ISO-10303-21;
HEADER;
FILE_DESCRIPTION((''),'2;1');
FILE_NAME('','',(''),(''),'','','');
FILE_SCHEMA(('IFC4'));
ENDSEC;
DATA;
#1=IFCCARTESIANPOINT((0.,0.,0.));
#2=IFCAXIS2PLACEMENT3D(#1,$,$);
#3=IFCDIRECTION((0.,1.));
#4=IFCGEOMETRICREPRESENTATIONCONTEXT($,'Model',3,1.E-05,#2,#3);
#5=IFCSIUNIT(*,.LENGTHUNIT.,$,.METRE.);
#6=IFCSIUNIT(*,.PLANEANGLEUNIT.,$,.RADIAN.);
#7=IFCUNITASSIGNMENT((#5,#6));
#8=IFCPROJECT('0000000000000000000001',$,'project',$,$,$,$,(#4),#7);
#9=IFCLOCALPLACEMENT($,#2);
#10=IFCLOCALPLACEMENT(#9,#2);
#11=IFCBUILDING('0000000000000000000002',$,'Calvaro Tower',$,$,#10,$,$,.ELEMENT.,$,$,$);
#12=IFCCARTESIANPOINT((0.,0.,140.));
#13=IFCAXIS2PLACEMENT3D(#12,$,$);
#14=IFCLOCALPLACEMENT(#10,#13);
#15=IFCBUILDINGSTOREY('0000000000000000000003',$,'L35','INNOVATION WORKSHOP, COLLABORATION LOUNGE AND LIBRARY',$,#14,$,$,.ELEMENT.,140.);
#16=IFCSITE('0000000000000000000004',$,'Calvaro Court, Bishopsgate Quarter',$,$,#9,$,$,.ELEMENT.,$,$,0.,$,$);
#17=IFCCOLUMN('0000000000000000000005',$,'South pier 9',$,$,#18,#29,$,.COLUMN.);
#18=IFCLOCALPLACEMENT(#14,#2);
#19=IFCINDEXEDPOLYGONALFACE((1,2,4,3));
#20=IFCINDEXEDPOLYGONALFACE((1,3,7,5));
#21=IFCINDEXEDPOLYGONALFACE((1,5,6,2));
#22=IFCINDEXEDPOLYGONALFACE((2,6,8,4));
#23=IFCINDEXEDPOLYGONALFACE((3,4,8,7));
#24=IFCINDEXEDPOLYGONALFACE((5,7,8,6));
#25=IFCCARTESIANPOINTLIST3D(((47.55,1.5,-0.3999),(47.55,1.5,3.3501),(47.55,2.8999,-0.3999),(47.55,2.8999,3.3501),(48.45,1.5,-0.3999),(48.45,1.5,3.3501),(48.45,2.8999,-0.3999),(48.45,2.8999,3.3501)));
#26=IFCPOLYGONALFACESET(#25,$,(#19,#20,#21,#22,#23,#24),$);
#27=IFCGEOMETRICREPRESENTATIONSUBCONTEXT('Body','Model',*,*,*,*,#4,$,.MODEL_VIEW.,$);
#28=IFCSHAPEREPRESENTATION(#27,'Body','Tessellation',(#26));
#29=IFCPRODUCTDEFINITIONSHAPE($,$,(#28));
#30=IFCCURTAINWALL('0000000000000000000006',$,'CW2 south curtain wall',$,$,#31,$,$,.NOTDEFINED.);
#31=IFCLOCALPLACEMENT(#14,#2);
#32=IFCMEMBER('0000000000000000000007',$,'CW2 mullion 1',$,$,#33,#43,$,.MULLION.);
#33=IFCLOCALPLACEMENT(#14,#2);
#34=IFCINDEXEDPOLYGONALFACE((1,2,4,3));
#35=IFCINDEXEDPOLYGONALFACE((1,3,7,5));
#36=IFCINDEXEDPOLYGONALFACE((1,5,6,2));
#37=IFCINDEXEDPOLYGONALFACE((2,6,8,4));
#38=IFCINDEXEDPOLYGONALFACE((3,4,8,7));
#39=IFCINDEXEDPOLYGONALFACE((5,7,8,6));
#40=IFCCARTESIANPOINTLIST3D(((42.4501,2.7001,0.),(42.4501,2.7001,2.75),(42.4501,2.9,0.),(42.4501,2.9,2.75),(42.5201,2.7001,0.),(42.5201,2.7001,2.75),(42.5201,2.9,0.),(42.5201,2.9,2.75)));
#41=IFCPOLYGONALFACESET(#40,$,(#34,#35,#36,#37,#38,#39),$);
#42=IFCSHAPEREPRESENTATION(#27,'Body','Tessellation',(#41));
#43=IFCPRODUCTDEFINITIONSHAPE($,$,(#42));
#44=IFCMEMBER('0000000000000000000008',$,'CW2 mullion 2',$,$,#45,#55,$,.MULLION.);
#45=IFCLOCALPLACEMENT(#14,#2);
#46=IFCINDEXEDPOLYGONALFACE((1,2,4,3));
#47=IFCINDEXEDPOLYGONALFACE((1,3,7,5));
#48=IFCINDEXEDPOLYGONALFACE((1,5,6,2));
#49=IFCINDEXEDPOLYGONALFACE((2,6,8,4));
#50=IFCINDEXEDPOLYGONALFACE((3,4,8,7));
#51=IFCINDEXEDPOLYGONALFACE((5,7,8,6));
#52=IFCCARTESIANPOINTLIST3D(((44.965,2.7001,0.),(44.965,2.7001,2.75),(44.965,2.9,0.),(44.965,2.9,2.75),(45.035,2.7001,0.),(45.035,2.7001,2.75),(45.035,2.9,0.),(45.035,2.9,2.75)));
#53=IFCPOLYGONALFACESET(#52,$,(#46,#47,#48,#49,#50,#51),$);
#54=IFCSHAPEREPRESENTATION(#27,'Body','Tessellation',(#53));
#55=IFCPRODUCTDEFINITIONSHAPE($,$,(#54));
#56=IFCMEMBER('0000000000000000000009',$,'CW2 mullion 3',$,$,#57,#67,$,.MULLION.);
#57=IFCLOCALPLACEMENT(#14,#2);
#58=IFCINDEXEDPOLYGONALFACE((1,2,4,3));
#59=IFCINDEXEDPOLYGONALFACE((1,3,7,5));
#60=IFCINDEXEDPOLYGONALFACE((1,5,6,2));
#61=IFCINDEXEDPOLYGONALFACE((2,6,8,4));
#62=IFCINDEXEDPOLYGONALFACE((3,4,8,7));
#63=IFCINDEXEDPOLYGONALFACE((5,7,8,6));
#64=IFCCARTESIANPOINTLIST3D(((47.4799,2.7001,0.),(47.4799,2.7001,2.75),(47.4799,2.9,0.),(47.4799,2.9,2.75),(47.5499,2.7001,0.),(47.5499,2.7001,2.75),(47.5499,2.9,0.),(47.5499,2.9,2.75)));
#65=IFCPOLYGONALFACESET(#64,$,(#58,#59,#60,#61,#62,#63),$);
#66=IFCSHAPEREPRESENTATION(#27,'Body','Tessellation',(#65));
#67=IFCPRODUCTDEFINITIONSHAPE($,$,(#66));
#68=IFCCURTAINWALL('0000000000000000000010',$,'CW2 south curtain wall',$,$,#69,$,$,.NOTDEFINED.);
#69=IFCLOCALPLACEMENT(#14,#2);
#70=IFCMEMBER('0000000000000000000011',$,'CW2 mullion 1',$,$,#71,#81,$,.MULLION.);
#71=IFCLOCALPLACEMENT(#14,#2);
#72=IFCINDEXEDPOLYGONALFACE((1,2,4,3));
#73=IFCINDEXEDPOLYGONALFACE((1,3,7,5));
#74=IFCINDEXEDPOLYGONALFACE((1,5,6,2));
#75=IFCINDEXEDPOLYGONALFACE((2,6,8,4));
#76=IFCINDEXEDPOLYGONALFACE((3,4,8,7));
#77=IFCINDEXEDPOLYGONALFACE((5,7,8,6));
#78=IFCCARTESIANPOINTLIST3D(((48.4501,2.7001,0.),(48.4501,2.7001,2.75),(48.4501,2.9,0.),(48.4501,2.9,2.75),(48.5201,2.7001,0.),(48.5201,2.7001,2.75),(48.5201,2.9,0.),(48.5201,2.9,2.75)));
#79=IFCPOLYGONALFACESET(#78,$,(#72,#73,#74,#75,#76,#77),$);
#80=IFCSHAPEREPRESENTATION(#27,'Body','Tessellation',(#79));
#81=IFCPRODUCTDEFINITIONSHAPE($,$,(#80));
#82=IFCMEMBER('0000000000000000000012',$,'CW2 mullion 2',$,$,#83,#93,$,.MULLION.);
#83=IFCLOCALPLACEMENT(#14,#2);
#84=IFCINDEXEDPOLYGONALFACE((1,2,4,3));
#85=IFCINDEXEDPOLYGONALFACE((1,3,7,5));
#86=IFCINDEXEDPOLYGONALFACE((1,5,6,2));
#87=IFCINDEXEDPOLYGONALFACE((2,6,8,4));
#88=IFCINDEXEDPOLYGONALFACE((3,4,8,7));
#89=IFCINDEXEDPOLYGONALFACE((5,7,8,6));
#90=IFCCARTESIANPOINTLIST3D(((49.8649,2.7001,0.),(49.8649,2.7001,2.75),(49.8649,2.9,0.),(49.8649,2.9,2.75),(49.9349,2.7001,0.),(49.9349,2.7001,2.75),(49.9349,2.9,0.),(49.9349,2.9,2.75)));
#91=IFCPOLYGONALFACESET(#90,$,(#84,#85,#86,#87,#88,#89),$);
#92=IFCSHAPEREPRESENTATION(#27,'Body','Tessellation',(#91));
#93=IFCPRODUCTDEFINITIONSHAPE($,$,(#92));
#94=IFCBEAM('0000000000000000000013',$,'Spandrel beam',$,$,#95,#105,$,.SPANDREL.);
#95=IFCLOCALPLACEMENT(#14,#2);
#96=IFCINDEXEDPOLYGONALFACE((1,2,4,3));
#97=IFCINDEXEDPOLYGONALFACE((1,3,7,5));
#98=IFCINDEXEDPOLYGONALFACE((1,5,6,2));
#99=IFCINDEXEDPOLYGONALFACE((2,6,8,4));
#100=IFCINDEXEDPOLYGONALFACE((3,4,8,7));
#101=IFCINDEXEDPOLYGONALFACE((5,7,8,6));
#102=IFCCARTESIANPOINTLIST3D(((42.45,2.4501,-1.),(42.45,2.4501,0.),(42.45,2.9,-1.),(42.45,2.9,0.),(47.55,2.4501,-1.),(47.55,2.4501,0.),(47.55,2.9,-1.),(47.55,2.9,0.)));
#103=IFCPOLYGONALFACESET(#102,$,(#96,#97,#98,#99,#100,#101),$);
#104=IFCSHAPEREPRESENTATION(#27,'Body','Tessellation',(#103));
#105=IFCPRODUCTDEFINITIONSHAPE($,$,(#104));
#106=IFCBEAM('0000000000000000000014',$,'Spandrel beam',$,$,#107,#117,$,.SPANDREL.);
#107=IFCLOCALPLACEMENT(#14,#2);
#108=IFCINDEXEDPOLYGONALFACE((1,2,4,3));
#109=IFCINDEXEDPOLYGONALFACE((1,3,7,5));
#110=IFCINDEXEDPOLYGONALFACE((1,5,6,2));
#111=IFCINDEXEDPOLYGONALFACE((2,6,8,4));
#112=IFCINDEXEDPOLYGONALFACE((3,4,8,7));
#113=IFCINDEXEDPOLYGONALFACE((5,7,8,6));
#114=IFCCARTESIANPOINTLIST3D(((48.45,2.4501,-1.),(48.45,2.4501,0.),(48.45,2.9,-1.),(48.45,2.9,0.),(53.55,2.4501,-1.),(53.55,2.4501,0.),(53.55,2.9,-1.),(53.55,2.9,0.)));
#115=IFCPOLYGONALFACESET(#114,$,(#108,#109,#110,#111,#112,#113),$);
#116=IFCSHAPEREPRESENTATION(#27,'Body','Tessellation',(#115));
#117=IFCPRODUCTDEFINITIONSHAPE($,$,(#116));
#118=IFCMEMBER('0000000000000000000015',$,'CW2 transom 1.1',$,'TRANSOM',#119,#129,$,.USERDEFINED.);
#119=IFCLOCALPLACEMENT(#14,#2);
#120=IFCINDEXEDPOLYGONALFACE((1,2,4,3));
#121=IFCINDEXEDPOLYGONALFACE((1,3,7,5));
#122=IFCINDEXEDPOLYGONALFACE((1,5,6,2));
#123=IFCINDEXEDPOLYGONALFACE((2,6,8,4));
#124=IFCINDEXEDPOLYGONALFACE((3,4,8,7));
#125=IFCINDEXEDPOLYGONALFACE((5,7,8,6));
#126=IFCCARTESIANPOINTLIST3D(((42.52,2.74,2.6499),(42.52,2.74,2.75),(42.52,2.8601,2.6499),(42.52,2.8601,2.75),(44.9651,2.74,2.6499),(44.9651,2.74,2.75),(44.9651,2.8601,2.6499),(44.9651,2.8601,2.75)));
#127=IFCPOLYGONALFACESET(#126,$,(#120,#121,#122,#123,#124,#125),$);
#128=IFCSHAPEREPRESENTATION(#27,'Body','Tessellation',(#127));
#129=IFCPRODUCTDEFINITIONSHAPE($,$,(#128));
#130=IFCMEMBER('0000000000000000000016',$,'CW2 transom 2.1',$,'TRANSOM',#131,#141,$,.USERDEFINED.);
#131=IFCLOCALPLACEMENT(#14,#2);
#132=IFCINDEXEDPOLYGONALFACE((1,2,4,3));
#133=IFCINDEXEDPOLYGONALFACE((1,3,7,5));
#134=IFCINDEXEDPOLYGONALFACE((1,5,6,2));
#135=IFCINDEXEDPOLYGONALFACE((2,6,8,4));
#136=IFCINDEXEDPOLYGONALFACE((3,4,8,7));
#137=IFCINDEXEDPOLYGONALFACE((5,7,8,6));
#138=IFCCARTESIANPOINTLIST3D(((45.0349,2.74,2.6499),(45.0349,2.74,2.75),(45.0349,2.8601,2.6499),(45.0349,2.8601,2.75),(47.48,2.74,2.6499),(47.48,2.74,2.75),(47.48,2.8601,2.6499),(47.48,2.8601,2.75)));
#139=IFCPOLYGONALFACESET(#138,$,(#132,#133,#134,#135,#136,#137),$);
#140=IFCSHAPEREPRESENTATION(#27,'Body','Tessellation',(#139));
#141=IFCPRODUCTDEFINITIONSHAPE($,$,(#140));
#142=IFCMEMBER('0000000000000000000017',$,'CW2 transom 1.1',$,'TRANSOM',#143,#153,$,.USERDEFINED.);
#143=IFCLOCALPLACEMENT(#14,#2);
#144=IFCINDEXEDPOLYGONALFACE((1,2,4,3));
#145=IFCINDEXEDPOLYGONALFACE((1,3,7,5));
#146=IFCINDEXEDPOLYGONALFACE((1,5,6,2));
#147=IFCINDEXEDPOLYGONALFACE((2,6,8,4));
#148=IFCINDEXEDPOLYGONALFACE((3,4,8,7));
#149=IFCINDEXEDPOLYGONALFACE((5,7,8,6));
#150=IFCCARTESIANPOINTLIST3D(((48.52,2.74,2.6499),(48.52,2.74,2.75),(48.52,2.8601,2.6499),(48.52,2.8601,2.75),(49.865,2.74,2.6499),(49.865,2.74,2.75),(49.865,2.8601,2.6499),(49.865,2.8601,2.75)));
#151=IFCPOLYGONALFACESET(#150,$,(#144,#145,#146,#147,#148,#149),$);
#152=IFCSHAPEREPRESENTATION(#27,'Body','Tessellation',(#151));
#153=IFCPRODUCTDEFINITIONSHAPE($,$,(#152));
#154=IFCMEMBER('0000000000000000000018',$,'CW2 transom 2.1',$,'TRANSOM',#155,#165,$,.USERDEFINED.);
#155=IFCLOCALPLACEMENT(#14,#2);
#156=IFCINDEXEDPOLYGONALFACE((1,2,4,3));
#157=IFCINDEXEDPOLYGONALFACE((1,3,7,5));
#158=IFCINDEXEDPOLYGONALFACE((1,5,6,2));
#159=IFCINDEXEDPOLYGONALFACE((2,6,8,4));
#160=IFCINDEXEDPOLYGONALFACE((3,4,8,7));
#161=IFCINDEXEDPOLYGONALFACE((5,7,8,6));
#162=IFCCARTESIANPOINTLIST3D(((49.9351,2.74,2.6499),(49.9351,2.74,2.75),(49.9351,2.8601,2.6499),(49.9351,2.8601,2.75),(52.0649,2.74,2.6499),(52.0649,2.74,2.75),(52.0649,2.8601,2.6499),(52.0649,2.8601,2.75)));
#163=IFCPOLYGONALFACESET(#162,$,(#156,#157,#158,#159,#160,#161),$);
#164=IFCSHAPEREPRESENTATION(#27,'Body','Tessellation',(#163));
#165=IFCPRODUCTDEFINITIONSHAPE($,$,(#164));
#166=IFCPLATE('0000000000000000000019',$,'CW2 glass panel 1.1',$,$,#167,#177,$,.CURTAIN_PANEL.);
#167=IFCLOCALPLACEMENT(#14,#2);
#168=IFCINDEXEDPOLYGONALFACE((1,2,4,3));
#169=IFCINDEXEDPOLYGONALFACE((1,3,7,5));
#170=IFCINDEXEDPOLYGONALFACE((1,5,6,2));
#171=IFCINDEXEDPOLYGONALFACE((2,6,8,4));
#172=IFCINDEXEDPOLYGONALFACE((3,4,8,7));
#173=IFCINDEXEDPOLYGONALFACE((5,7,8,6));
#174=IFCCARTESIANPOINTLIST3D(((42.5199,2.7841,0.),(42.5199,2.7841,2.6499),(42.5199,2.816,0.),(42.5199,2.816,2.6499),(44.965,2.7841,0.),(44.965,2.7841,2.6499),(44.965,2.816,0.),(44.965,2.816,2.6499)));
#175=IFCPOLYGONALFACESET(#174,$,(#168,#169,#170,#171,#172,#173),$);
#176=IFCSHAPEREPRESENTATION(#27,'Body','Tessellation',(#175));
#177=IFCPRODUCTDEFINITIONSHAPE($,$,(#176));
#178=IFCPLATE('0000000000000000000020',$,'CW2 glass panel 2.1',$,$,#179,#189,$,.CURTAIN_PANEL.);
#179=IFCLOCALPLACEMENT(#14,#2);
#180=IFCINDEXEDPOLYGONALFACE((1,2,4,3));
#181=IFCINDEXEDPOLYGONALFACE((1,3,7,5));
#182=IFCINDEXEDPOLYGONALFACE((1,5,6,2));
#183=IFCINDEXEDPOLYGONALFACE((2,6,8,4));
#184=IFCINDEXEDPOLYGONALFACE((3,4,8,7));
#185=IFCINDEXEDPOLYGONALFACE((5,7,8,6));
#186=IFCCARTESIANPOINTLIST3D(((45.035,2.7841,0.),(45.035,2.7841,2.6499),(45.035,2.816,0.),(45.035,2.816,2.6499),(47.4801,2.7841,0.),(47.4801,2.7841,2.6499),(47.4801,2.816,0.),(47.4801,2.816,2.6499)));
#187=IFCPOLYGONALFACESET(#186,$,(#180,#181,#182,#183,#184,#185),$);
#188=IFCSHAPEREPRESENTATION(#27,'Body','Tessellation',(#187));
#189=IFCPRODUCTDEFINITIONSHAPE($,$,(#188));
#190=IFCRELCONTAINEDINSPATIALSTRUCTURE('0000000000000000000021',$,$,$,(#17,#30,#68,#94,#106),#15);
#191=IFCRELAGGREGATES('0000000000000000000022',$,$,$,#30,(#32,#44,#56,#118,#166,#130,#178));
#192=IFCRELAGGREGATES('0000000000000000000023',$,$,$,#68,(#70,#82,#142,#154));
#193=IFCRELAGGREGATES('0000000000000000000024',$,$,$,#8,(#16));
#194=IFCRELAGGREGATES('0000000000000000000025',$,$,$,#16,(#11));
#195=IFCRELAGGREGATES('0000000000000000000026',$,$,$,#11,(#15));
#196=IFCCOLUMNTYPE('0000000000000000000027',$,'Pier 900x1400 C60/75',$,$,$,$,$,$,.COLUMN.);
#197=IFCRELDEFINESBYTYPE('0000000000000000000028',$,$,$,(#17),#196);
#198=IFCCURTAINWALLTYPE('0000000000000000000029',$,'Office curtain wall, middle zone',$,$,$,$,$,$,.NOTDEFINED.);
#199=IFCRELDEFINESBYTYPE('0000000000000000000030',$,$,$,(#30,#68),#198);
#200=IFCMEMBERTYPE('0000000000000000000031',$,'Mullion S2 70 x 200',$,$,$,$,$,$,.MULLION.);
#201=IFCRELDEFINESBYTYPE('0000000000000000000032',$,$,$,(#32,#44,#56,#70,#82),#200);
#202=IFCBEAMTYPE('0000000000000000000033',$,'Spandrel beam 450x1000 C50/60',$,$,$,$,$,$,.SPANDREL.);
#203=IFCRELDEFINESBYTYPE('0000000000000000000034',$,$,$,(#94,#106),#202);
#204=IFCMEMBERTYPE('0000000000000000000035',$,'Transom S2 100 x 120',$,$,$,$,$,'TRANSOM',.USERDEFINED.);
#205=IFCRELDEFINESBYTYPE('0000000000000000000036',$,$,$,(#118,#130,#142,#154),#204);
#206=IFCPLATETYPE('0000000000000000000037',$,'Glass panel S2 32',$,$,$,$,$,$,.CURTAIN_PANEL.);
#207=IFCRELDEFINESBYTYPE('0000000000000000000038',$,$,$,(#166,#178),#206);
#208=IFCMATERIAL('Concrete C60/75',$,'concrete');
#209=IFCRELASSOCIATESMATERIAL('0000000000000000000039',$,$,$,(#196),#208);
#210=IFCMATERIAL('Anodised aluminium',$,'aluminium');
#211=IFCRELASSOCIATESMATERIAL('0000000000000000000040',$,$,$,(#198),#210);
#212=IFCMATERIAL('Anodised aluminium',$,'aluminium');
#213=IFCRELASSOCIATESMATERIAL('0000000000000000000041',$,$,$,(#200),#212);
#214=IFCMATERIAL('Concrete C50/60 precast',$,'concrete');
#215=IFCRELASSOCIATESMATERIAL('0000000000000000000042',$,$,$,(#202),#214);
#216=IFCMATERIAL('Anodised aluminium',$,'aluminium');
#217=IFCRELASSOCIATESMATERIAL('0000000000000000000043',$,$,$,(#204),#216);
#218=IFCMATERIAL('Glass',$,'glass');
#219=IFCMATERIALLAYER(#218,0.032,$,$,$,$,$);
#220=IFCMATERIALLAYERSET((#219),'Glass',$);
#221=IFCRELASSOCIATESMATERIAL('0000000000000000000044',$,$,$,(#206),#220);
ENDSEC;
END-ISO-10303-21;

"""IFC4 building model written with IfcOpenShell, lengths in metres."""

from ifc_helpers import new_model, si_unit, direction, frame, origin, origin_2d, place, context, subcontext, project, spatial, rectangle, extrude, material, layer, layer_set, material_profile, profile_set, type_object, element, aggregate, save


model = new_model("IFC4")

# Units and contexts
model_context = context("Model", 3, precision=1e-05, world=origin(), true_north=direction((0.0, 1.0)))
body_context = subcontext(model_context, "Body", "Model", "MODEL_VIEW")
ifc_project = project(units=[si_unit("LENGTHUNIT", "METRE"), si_unit("PLANEANGLEUNIT", "RADIAN")], contexts=[model_context])

# Site, building, storey
site_placement = place(None, origin())
site = spatial("IfcSite", under=ifc_project, at=site_placement, Name="Calvaro Court, Bishopsgate Quarter", CompositionType="ELEMENT", RefElevation=0.0)
building_placement = place(site_placement, origin())
building = spatial("IfcBuilding", under=site, at=building_placement, Name="Calvaro Tower", CompositionType="ELEMENT")
storey_placement = place(building_placement, frame((0.0, 0.0, 140.0)))
storey = spatial("IfcBuildingStorey", under=building, at=storey_placement, Name="L35", Description="INNOVATION WORKSHOP, COLLABORATION LOUNGE AND LIBRARY", CompositionType="ELEMENT", Elevation=140.0)

# Column
ifc_material_1 = material(Name="Concrete C60/75", Category="concrete")
ifc_material_profile_1 = material_profile(ifc_material_1, rectangle(XDim=0.8999, YDim=1.3999, at=origin_2d()), Name="RC 900x1400")
ifc_profile_set_1 = profile_set([ifc_material_profile_1], Name="Concrete C60/75")
column_type = type_object("IfcColumnType", Name="Pier 900x1400 C60/75", PredefinedType="COLUMN", material=ifc_profile_set_1)
column_placement = place(storey_placement, frame((48.0, 2.2, -0.3999), z_axis=(0.0, 0.0, 1.0), x_axis=(1.0, 0.0, 0.0)))
element("IfcColumn", 1, at=column_placement, inside=storey, type_object=column_type, Name="South pier 9", PredefinedType="COLUMN", context=body_context, shape_type="SweptSolid", body=[
    extrude(rectangle(XDim=0.8999, YDim=1.3999, at=origin_2d()), origin(), (0.0, 0.0, 1.0), 3.75),
])

# Curtain walls, members
ifc_material_2 = material(Name="Anodised aluminium", Category="aluminium")
curtain_wall_type = type_object("IfcCurtainWallType", Name="Office curtain wall, middle zone", PredefinedType="NOTDEFINED", material=ifc_material_2)
curtain_wall_1_placement = place(storey_placement, origin())
curtain_wall_1 = element("IfcCurtainWall", 2, at=curtain_wall_1_placement, inside=storey, type_object=curtain_wall_type, Name="CW2 south curtain wall", PredefinedType="NOTDEFINED")
ifc_material_3 = material(Name="Anodised aluminium", Category="aluminium")
ifc_material_profile_2 = material_profile(ifc_material_3, rectangle(XDim=0.2, YDim=0.0701, at=origin_2d()), Name="Mullion S2 70 x 200")
ifc_profile_set_2 = profile_set([ifc_material_profile_2], Name="Anodised aluminium")
member_type_1 = type_object("IfcMemberType", Name="Mullion S2 70 x 200", PredefinedType="MULLION", material=ifc_profile_set_2)
member_1_placement = place(storey_placement, frame((42.4851, 2.8, 0.0), z_axis=(0.0, 0.0, 1.0), x_axis=(0.0, 1.0, 0.0)))
member_1 = element("IfcMember", 3, at=member_1_placement, type_object=member_type_1, Name="CW2 mullion 1", PredefinedType="MULLION", context=body_context, shape_type="SweptSolid", body=[
    extrude(rectangle(XDim=0.2, YDim=0.0701, at=origin_2d()), origin(), (0.0, 0.0, 1.0), 2.75),
])
member_2_placement = place(storey_placement, frame((45.0, 2.8, 0.0), z_axis=(0.0, 0.0, 1.0), x_axis=(0.0, 1.0, 0.0)))
member_2 = element("IfcMember", 4, at=member_2_placement, type_object=member_type_1, Name="CW2 mullion 2", PredefinedType="MULLION", context=body_context, shape_type="SweptSolid", body=[
    extrude(rectangle(XDim=0.2, YDim=0.0701, at=origin_2d()), origin(), (0.0, 0.0, 1.0), 2.75),
])
member_3_placement = place(storey_placement, frame((47.5149, 2.8, 0.0), z_axis=(0.0, 0.0, 1.0), x_axis=(0.0, 1.0, 0.0)))
member_3 = element("IfcMember", 5, at=member_3_placement, type_object=member_type_1, Name="CW2 mullion 3", PredefinedType="MULLION", context=body_context, shape_type="SweptSolid", body=[
    extrude(rectangle(XDim=0.2, YDim=0.0701, at=origin_2d()), origin(), (0.0, 0.0, 1.0), 2.75),
])
curtain_wall_2_placement = place(storey_placement, origin())
curtain_wall_2 = element("IfcCurtainWall", 6, at=curtain_wall_2_placement, inside=storey, type_object=curtain_wall_type, Name="CW2 south curtain wall", PredefinedType="NOTDEFINED")
member_4_placement = place(storey_placement, frame((48.4851, 2.8, 0.0), z_axis=(0.0, 0.0, 1.0), x_axis=(0.0, 1.0, 0.0)))
member_4 = element("IfcMember", 7, at=member_4_placement, type_object=member_type_1, Name="CW2 mullion 1", PredefinedType="MULLION", context=body_context, shape_type="SweptSolid", body=[
    extrude(rectangle(XDim=0.2, YDim=0.0701, at=origin_2d()), origin(), (0.0, 0.0, 1.0), 2.75),
])
member_5_placement = place(storey_placement, frame((49.8999, 2.8, 0.0), z_axis=(0.0, 0.0, 1.0), x_axis=(0.0, 1.0, 0.0)))
member_5 = element("IfcMember", 8, at=member_5_placement, type_object=member_type_1, Name="CW2 mullion 2", PredefinedType="MULLION", context=body_context, shape_type="SweptSolid", body=[
    extrude(rectangle(XDim=0.2, YDim=0.0701, at=origin_2d()), origin(), (0.0, 0.0, 1.0), 2.75),
])

# Beams
ifc_material_4 = material(Name="Concrete C50/60 precast", Category="concrete")
ifc_material_profile_3 = material_profile(ifc_material_4, rectangle(XDim=0.45, YDim=1.0, at=origin_2d()), Name="RC 450x1000")
ifc_profile_set_3 = profile_set([ifc_material_profile_3], Name="Concrete C50/60 precast")
beam_type = type_object("IfcBeamType", Name="Spandrel beam 450x1000 C50/60", PredefinedType="SPANDREL", material=ifc_profile_set_3)
for number, where, z_axis, x_axis, name in (
    (9, (42.45, 2.675, -0.5), (1.0, 0.0, 0.0), (0.0, 1.0, 0.0), "Spandrel beam"),
    (10, (48.45, 2.675, -0.5), (1.0, 0.0, 0.0), (0.0, 1.0, 0.0), "Spandrel beam"),
):
    element("IfcBeam", number, at=place(storey_placement, frame(where, z_axis=z_axis, x_axis=x_axis)), inside=storey, type_object=beam_type, Name=name, PredefinedType="SPANDREL", context=body_context, shape_type="SweptSolid", body=[
        extrude(rectangle(XDim=0.45, YDim=1.0, at=origin_2d()), origin(), (0.0, 0.0, 1.0), 5.1001),
    ])

# Members
ifc_material_5 = material(Name="Anodised aluminium", Category="aluminium")
ifc_material_profile_4 = material_profile(ifc_material_5, rectangle(XDim=0.1201, YDim=0.1001, at=origin_2d()), Name="Transom S2 100 x 120")
ifc_profile_set_4 = profile_set([ifc_material_profile_4], Name="Anodised aluminium")
member_type_2 = type_object("IfcMemberType", Name="Transom S2 100 x 120", ElementType="TRANSOM", PredefinedType="USERDEFINED", material=ifc_profile_set_4)
member_6_placement = place(storey_placement, frame((42.52, 2.8, 2.7), z_axis=(1.0, 0.0, 0.0), x_axis=(0.0, 1.0, 0.0)))
member_6 = element("IfcMember", 11, at=member_6_placement, type_object=member_type_2, Name="CW2 transom 1.1", ObjectType="TRANSOM", PredefinedType="USERDEFINED", context=body_context, shape_type="SweptSolid", body=[
    extrude(rectangle(XDim=0.1201, YDim=0.1001, at=origin_2d()), origin(), (0.0, 0.0, 1.0), 2.4451),
])
member_7_placement = place(storey_placement, frame((45.0349, 2.8, 2.7), z_axis=(1.0, 0.0, 0.0), x_axis=(0.0, 1.0, 0.0)))
member_7 = element("IfcMember", 12, at=member_7_placement, type_object=member_type_2, Name="CW2 transom 2.1", ObjectType="TRANSOM", PredefinedType="USERDEFINED", context=body_context, shape_type="SweptSolid", body=[
    extrude(rectangle(XDim=0.1201, YDim=0.1001, at=origin_2d()), origin(), (0.0, 0.0, 1.0), 2.4451),
])
member_8_placement = place(storey_placement, frame((48.52, 2.8, 2.7), z_axis=(1.0, 0.0, 0.0), x_axis=(0.0, 1.0, 0.0)))
member_8 = element("IfcMember", 13, at=member_8_placement, type_object=member_type_2, Name="CW2 transom 1.1", ObjectType="TRANSOM", PredefinedType="USERDEFINED", context=body_context, shape_type="SweptSolid", body=[
    extrude(rectangle(XDim=0.1201, YDim=0.1001, at=origin_2d()), origin(), (0.0, 0.0, 1.0), 1.345),
])
member_9_placement = place(storey_placement, frame((49.9351, 2.8, 2.7), z_axis=(1.0, 0.0, 0.0), x_axis=(0.0, 1.0, 0.0)))
member_9 = element("IfcMember", 14, at=member_9_placement, type_object=member_type_2, Name="CW2 transom 2.1", ObjectType="TRANSOM", PredefinedType="USERDEFINED", context=body_context, shape_type="SweptSolid", body=[
    extrude(rectangle(XDim=0.1201, YDim=0.1001, at=origin_2d()), origin(), (0.0, 0.0, 1.0), 2.1299),
])

# Plates
ifc_material_6 = material(Name="Glass", Category="glass")
ifc_layer_1 = layer(ifc_material_6, 0.032)
ifc_layer_set_1 = layer_set([ifc_layer_1], Name="Glass")
plate_type = type_object("IfcPlateType", Name="Glass panel S2 32", PredefinedType="CURTAIN_PANEL", material=ifc_layer_set_1)
plate_1_placement = place(storey_placement, frame((43.7424, 2.8, 0.0), z_axis=(0.0, 0.0, 1.0), x_axis=(1.0, 0.0, 0.0)))
plate_1 = element("IfcPlate", 15, at=plate_1_placement, type_object=plate_type, Name="CW2 glass panel 1.1", PredefinedType="CURTAIN_PANEL", context=body_context, shape_type="SweptSolid", body=[
    extrude(rectangle(XDim=2.4451, YDim=0.032, at=origin_2d()), origin(), (0.0, 0.0, 1.0), 2.6499),
])
plate_2_placement = place(storey_placement, frame((46.2576, 2.8, 0.0), z_axis=(0.0, 0.0, 1.0), x_axis=(1.0, 0.0, 0.0)))
plate_2 = element("IfcPlate", 16, at=plate_2_placement, type_object=plate_type, Name="CW2 glass panel 2.1", PredefinedType="CURTAIN_PANEL", context=body_context, shape_type="SweptSolid", body=[
    extrude(rectangle(XDim=2.4451, YDim=0.032, at=origin_2d()), origin(), (0.0, 0.0, 1.0), 2.6499),
])
aggregate(curtain_wall_1, [member_1, member_2, member_3, member_6, plate_1, member_7, plate_2])
aggregate(curtain_wall_2, [member_4, member_5, member_8, member_9])

save(model, "model.ifc")
